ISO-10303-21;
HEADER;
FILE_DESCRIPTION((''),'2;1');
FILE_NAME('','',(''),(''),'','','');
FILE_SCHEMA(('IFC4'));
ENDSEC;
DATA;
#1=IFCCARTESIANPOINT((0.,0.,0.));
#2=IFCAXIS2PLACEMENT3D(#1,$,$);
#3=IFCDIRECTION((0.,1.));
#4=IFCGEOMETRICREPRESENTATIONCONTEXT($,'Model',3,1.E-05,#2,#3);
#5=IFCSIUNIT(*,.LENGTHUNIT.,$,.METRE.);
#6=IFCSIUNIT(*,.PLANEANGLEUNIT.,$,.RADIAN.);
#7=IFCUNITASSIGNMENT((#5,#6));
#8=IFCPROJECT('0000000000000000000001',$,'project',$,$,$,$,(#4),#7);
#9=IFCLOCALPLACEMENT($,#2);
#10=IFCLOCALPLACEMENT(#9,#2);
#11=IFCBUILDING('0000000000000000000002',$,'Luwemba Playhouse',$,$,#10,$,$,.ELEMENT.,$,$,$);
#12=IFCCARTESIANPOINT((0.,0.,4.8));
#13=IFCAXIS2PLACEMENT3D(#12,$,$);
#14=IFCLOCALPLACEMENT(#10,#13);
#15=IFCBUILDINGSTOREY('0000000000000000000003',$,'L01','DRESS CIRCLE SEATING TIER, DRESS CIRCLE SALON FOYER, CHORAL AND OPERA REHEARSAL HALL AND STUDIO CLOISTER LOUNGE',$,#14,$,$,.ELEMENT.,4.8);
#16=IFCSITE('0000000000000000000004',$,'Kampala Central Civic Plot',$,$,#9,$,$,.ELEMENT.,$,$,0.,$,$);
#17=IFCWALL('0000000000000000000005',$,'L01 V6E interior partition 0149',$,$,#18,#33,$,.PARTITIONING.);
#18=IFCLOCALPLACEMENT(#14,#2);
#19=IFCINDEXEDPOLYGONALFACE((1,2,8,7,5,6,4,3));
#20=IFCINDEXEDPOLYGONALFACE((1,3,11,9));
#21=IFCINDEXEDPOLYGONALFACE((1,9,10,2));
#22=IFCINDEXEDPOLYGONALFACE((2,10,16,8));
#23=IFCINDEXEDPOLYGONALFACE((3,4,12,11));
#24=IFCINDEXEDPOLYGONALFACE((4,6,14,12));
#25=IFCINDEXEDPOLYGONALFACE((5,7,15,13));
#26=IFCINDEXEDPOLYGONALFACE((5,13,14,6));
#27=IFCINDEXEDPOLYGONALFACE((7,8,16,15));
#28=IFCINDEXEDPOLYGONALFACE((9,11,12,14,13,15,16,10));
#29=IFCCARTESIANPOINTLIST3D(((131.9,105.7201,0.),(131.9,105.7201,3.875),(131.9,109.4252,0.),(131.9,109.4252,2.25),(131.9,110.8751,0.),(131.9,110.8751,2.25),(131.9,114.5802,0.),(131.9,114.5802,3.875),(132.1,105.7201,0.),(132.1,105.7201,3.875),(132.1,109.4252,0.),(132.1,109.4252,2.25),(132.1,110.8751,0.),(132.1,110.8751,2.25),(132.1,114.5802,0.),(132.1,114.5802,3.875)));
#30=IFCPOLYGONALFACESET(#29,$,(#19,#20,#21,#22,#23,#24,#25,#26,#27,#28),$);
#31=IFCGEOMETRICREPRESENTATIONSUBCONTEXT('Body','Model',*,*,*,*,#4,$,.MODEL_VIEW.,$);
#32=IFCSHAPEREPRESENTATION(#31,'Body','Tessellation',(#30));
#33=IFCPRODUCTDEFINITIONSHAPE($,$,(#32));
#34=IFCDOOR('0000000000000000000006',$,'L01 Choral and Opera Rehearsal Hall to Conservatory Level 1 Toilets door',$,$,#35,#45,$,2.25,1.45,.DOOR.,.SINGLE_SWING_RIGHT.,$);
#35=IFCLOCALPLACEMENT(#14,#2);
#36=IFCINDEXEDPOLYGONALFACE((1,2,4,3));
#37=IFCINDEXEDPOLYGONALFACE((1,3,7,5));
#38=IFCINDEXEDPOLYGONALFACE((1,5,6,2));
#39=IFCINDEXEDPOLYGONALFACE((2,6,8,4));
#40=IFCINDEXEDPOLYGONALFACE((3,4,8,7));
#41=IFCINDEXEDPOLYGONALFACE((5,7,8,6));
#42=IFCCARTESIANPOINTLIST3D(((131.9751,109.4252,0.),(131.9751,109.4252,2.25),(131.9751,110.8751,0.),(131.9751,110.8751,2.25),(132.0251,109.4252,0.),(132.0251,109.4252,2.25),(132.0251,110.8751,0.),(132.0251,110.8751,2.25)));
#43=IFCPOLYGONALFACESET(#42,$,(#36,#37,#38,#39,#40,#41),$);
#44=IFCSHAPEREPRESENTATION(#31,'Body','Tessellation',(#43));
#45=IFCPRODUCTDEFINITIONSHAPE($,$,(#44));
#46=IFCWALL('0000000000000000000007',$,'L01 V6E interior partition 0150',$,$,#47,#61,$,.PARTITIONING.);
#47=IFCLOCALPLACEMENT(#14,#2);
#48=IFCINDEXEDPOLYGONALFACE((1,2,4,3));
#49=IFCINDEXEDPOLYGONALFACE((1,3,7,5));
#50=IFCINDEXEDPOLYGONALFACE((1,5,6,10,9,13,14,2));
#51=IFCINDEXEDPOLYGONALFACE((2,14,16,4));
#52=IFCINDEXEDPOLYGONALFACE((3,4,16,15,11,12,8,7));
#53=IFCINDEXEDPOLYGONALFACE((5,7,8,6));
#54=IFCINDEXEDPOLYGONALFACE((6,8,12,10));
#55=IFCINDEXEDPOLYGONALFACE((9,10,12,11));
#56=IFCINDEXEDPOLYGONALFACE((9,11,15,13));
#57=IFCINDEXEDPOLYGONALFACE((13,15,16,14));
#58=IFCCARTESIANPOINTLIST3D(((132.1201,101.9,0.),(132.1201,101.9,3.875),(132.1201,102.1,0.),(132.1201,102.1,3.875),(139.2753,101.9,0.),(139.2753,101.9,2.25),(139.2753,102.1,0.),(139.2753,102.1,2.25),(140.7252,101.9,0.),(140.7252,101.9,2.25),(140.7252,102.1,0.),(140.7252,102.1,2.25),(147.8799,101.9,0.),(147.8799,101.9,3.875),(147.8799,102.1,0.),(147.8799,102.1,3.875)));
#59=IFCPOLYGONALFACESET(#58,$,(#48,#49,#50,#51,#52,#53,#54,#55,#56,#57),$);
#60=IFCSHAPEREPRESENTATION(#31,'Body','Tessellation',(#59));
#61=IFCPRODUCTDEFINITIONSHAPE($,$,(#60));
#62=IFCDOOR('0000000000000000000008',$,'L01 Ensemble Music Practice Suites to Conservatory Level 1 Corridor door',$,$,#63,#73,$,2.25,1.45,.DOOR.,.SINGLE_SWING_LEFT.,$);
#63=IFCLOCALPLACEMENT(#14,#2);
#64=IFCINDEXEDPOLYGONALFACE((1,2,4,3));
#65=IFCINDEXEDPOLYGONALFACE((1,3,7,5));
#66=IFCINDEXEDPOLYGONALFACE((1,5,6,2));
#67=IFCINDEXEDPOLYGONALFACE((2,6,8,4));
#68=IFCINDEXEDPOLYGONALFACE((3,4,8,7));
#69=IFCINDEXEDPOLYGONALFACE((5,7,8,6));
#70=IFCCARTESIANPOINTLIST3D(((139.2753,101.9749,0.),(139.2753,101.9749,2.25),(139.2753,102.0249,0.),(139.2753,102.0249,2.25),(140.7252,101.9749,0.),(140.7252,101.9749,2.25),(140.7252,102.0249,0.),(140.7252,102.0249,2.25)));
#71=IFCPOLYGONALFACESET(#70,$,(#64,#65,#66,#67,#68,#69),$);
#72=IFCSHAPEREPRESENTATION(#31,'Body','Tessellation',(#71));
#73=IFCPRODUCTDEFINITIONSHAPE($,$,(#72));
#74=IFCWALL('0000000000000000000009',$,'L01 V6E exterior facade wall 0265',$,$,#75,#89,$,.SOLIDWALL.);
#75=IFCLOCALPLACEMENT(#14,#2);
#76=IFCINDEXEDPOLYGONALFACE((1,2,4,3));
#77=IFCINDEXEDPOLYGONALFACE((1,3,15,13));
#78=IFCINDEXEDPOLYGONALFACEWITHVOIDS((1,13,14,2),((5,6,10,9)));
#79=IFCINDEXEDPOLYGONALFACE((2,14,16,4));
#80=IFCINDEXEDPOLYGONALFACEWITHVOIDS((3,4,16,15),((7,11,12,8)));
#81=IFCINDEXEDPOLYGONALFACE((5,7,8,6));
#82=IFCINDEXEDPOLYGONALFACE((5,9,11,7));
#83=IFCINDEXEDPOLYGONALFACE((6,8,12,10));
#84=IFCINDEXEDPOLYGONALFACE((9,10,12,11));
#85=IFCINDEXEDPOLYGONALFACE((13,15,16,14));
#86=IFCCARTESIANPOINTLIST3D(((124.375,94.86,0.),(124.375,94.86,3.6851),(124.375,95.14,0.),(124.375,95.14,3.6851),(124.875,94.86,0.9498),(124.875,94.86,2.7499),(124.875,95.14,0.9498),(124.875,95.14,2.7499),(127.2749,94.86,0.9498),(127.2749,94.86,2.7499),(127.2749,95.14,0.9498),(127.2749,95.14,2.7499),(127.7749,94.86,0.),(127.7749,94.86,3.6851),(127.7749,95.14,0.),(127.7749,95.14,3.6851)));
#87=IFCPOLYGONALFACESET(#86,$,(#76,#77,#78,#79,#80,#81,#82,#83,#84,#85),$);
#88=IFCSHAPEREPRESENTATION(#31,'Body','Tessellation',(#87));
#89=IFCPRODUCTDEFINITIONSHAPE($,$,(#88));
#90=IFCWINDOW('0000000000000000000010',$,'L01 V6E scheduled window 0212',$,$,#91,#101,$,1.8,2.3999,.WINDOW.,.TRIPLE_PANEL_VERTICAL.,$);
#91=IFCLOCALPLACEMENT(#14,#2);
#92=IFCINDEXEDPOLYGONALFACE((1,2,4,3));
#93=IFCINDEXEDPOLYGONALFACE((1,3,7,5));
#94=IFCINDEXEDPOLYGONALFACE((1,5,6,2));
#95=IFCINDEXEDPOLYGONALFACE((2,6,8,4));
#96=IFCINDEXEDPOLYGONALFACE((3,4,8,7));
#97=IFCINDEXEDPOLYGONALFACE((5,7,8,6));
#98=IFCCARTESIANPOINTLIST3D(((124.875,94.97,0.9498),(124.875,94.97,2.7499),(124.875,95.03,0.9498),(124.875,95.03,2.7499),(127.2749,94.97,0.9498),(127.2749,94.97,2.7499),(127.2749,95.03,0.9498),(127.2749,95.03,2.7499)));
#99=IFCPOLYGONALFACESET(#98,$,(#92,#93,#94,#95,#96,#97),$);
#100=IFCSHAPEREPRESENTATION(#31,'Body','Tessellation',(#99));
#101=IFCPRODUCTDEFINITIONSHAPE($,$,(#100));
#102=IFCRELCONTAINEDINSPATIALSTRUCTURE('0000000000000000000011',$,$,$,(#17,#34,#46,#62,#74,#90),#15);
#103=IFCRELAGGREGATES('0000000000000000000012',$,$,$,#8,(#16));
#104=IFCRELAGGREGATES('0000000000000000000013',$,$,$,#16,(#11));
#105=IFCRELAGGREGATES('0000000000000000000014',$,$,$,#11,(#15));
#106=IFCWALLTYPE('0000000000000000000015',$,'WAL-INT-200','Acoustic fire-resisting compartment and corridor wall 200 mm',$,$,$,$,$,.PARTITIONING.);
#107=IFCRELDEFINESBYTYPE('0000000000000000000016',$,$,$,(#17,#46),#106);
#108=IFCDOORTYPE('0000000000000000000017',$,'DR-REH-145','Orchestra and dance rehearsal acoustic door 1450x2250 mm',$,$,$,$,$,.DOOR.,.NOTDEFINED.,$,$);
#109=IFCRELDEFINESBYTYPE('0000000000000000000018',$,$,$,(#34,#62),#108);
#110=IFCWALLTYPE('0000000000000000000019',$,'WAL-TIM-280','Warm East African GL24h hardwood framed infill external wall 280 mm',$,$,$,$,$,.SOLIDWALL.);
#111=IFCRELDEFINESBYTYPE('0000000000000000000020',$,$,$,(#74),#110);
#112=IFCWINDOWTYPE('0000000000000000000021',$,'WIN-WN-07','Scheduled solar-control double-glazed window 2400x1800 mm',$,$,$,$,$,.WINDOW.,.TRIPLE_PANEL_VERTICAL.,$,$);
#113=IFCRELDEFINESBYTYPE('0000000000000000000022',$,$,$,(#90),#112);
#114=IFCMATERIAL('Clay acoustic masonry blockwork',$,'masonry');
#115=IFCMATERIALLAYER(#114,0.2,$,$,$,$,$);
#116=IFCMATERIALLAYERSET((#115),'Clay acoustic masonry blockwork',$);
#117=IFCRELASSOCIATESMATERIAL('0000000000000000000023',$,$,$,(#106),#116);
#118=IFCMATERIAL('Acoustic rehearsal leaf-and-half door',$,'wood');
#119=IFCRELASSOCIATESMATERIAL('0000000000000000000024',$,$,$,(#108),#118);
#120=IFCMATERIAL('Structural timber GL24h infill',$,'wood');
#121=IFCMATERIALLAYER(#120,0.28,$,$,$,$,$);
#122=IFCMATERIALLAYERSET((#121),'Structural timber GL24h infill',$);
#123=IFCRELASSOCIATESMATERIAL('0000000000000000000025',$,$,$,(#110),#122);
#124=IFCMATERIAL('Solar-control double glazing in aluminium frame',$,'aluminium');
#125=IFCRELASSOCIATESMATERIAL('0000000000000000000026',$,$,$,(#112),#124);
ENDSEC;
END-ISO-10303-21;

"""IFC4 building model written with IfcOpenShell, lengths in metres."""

from ifc_helpers import new_model, si_unit, direction, frame, frame_2d, origin, place, context, subcontext, project, spatial, rectangle, extrude, material, layer, layer_set, type_object, element, fill, save


model = new_model("IFC4")

# Units and contexts
model_context = context("Model", 3, precision=1e-05, world=origin(), true_north=direction((0.0, 1.0)))
body_context = subcontext(model_context, "Body", "Model", "MODEL_VIEW")
ifc_project = project(units=[si_unit("LENGTHUNIT", "METRE"), si_unit("PLANEANGLEUNIT", "RADIAN")], contexts=[model_context])

# Site, building, storey
site_placement = place(None, origin())
site = spatial("IfcSite", under=ifc_project, at=site_placement, Name="Kampala Central Civic Plot", CompositionType="ELEMENT", RefElevation=0.0)
building_placement = place(site_placement, origin())
building = spatial("IfcBuilding", under=site, at=building_placement, Name="Luwemba Playhouse", CompositionType="ELEMENT")
storey_placement = place(building_placement, frame((0.0, 0.0, 4.8)))
storey = spatial("IfcBuildingStorey", under=building, at=storey_placement, Name="L01", Description="DRESS CIRCLE SEATING TIER, DRESS CIRCLE SALON FOYER, CHORAL AND OPERA REHEARSAL HALL AND STUDIO CLOISTER LOUNGE", CompositionType="ELEMENT", Elevation=4.8)

# Shared definitions
ifc_material_1 = material(Name="Solar-control double glazing in aluminium frame", Category="aluminium")

# Shared definitions
ifc_material_2 = material(Name="Clay acoustic masonry blockwork", Category="masonry")
ifc_layer_1 = layer(ifc_material_2, 0.2)
ifc_layer_set_1 = layer_set([ifc_layer_1], Name="Clay acoustic masonry blockwork")
wall_type_1 = type_object("IfcWallType", Name="WAL-INT-200", Description="Acoustic fire-resisting compartment and corridor wall 200 mm", PredefinedType="PARTITIONING", material=ifc_layer_set_1)
ifc_material_3 = material(Name="Acoustic rehearsal leaf-and-half door", Category="wood")
door_type_1 = type_object("IfcDoorType", Name="DR-REH-145", Description="Orchestra and dance rehearsal acoustic door 1450x2250 mm", OperationType="NOTDEFINED", PredefinedType="DOOR", material=ifc_material_3)

# Walls, openings, doors
wall_1_placement = place(storey_placement, frame((132.0, 105.72, 0.0), z_axis=(0.0, 0.0, 1.0), x_axis=(0.0, 1.0, 0.0)))
wall_1 = element("IfcWall", 1, at=wall_1_placement, inside=storey, type_object=wall_type_1, Name="L01 V6E interior partition 0149", PredefinedType="PARTITIONING", context=body_context, shape_type="SweptSolid", body=[
    extrude(rectangle(XDim=8.8601, YDim=0.2, at=frame_2d((4.4302, 0.0))), origin(), (0.0, 0.0, 1.0), 3.875),
])
opening_1_placement = place(wall_1_placement, frame((3.7051, 0.0, 0.0)))
opening_1 = element("IfcOpeningElement", 2, at=opening_1_placement, cuts=wall_1, PredefinedType="OPENING", context=body_context, shape_type="SweptSolid", body=[
    extrude(rectangle(XDim=1.45, YDim=2.25, at=frame_2d((0.7251, 1.125))), frame((0.0, 0.1099, 0.0), z_axis=(0.0, -1.0, 0.0), x_axis=(1.0, 0.0, 0.0)), (0.0, 0.0, 1.0), 0.22),
])
door_1_placement = place(opening_1_placement, origin())
door_1 = element("IfcDoor", 3, at=door_1_placement, inside=storey, type_object=door_type_1, Name="L01 Choral and Opera Rehearsal Hall to Conservatory Level 1 Toilets door", OperationType="SINGLE_SWING_RIGHT", OverallHeight=2.25, OverallWidth=1.45, PredefinedType="DOOR", context=body_context, shape_type="SweptSolid", body=[
    extrude(rectangle(XDim=1.45, YDim=2.25, at=frame_2d((0.7251, 1.125))), frame((0.0, 0.0249, 0.0), z_axis=(0.0, -1.0, 0.0), x_axis=(1.0, 0.0, 0.0)), (0.0, 0.0, 1.0), 0.05),
])
fill(opening_1, door_1)
wall_2_placement = place(storey_placement, frame((132.1201, 102.0, 0.0), z_axis=(0.0, 0.0, 1.0), x_axis=(1.0, 0.0, 0.0)))
wall_2 = element("IfcWall", 4, at=wall_2_placement, inside=storey, type_object=wall_type_1, Name="L01 V6E interior partition 0150", PredefinedType="PARTITIONING", context=body_context, shape_type="SweptSolid", body=[
    extrude(rectangle(XDim=15.7598, YDim=0.2, at=frame_2d((7.8799, 0.0))), origin(), (0.0, 0.0, 1.0), 3.875),
])
opening_2_placement = place(wall_2_placement, frame((7.155, 0.0, 0.0)))
opening_2 = element("IfcOpeningElement", 5, at=opening_2_placement, cuts=wall_2, PredefinedType="OPENING", context=body_context, shape_type="SweptSolid", body=[
    extrude(rectangle(XDim=1.45, YDim=2.25, at=frame_2d((0.7251, 1.125))), frame((0.0, 0.1099, 0.0), z_axis=(0.0, -1.0, 0.0), x_axis=(1.0, 0.0, 0.0)), (0.0, 0.0, 1.0), 0.22),
])
door_2_placement = place(opening_2_placement, origin())
door_2 = element("IfcDoor", 6, at=door_2_placement, inside=storey, type_object=door_type_1, Name="L01 Ensemble Music Practice Suites to Conservatory Level 1 Corridor door", OperationType="SINGLE_SWING_LEFT", OverallHeight=2.25, OverallWidth=1.45, PredefinedType="DOOR", context=body_context, shape_type="SweptSolid", body=[
    extrude(rectangle(XDim=1.45, YDim=2.25, at=frame_2d((0.7251, 1.125))), frame((0.0, 0.0249, 0.0), z_axis=(0.0, -1.0, 0.0), x_axis=(1.0, 0.0, 0.0)), (0.0, 0.0, 1.0), 0.05),
])
fill(opening_2, door_2)

# Wall, opening, window
ifc_material_4 = material(Name="Structural timber GL24h infill", Category="wood")
ifc_layer_2 = layer(ifc_material_4, 0.28)
ifc_layer_set_2 = layer_set([ifc_layer_2], Name="Structural timber GL24h infill")
wall_type_2 = type_object("IfcWallType", Name="WAL-TIM-280", Description="Warm East African GL24h hardwood framed infill external wall 280 mm", PredefinedType="SOLIDWALL", material=ifc_layer_set_2)
wall_3_placement = place(storey_placement, frame((127.7749, 95.0, 0.0), z_axis=(0.0, 0.0, 1.0), x_axis=(-1.0, 0.0, 0.0)))
wall_3 = element("IfcWall", 7, at=wall_3_placement, inside=storey, type_object=wall_type_2, Name="L01 V6E exterior facade wall 0265", PredefinedType="SOLIDWALL", context=body_context, shape_type="SweptSolid", body=[
    extrude(rectangle(XDim=3.3999, YDim=0.28, at=frame_2d((1.7, 0.0))), origin(), (0.0, 0.0, 1.0), 3.6851),
])
opening_3_placement = place(wall_3_placement, frame((0.5, 0.0, 0.95)))
opening_3 = element("IfcOpeningElement", 8, at=opening_3_placement, cuts=wall_3, PredefinedType="OPENING", context=body_context, shape_type="SweptSolid", body=[
    extrude(rectangle(XDim=2.3999, YDim=1.8, at=frame_2d((1.2, 0.8999))), frame((0.0, 0.1499, 0.0), z_axis=(0.0, -1.0, 0.0), x_axis=(1.0, 0.0, 0.0)), (0.0, 0.0, 1.0), 0.3),
])
window_type_1 = type_object("IfcWindowType", Name="WIN-WN-07", Description="Scheduled solar-control double-glazed window 2400x1800 mm", PartitioningType="TRIPLE_PANEL_VERTICAL", PredefinedType="WINDOW", material=ifc_material_1)
window_1_placement = place(opening_3_placement, origin())
window_1 = element("IfcWindow", 9, at=window_1_placement, inside=storey, type_object=window_type_1, Name="L01 V6E scheduled window 0212", OverallHeight=1.8, OverallWidth=2.3999, PartitioningType="TRIPLE_PANEL_VERTICAL", PredefinedType="WINDOW", context=body_context, shape_type="SweptSolid", body=[
    extrude(rectangle(XDim=2.3999, YDim=1.8, at=frame_2d((1.2, 0.8999))), frame((0.0, 0.03, 0.0), z_axis=(0.0, -1.0, 0.0), x_axis=(1.0, 0.0, 0.0)), (0.0, 0.0, 1.0), 0.0601),
])
fill(opening_3, window_1)

save(model, "model.ifc")
